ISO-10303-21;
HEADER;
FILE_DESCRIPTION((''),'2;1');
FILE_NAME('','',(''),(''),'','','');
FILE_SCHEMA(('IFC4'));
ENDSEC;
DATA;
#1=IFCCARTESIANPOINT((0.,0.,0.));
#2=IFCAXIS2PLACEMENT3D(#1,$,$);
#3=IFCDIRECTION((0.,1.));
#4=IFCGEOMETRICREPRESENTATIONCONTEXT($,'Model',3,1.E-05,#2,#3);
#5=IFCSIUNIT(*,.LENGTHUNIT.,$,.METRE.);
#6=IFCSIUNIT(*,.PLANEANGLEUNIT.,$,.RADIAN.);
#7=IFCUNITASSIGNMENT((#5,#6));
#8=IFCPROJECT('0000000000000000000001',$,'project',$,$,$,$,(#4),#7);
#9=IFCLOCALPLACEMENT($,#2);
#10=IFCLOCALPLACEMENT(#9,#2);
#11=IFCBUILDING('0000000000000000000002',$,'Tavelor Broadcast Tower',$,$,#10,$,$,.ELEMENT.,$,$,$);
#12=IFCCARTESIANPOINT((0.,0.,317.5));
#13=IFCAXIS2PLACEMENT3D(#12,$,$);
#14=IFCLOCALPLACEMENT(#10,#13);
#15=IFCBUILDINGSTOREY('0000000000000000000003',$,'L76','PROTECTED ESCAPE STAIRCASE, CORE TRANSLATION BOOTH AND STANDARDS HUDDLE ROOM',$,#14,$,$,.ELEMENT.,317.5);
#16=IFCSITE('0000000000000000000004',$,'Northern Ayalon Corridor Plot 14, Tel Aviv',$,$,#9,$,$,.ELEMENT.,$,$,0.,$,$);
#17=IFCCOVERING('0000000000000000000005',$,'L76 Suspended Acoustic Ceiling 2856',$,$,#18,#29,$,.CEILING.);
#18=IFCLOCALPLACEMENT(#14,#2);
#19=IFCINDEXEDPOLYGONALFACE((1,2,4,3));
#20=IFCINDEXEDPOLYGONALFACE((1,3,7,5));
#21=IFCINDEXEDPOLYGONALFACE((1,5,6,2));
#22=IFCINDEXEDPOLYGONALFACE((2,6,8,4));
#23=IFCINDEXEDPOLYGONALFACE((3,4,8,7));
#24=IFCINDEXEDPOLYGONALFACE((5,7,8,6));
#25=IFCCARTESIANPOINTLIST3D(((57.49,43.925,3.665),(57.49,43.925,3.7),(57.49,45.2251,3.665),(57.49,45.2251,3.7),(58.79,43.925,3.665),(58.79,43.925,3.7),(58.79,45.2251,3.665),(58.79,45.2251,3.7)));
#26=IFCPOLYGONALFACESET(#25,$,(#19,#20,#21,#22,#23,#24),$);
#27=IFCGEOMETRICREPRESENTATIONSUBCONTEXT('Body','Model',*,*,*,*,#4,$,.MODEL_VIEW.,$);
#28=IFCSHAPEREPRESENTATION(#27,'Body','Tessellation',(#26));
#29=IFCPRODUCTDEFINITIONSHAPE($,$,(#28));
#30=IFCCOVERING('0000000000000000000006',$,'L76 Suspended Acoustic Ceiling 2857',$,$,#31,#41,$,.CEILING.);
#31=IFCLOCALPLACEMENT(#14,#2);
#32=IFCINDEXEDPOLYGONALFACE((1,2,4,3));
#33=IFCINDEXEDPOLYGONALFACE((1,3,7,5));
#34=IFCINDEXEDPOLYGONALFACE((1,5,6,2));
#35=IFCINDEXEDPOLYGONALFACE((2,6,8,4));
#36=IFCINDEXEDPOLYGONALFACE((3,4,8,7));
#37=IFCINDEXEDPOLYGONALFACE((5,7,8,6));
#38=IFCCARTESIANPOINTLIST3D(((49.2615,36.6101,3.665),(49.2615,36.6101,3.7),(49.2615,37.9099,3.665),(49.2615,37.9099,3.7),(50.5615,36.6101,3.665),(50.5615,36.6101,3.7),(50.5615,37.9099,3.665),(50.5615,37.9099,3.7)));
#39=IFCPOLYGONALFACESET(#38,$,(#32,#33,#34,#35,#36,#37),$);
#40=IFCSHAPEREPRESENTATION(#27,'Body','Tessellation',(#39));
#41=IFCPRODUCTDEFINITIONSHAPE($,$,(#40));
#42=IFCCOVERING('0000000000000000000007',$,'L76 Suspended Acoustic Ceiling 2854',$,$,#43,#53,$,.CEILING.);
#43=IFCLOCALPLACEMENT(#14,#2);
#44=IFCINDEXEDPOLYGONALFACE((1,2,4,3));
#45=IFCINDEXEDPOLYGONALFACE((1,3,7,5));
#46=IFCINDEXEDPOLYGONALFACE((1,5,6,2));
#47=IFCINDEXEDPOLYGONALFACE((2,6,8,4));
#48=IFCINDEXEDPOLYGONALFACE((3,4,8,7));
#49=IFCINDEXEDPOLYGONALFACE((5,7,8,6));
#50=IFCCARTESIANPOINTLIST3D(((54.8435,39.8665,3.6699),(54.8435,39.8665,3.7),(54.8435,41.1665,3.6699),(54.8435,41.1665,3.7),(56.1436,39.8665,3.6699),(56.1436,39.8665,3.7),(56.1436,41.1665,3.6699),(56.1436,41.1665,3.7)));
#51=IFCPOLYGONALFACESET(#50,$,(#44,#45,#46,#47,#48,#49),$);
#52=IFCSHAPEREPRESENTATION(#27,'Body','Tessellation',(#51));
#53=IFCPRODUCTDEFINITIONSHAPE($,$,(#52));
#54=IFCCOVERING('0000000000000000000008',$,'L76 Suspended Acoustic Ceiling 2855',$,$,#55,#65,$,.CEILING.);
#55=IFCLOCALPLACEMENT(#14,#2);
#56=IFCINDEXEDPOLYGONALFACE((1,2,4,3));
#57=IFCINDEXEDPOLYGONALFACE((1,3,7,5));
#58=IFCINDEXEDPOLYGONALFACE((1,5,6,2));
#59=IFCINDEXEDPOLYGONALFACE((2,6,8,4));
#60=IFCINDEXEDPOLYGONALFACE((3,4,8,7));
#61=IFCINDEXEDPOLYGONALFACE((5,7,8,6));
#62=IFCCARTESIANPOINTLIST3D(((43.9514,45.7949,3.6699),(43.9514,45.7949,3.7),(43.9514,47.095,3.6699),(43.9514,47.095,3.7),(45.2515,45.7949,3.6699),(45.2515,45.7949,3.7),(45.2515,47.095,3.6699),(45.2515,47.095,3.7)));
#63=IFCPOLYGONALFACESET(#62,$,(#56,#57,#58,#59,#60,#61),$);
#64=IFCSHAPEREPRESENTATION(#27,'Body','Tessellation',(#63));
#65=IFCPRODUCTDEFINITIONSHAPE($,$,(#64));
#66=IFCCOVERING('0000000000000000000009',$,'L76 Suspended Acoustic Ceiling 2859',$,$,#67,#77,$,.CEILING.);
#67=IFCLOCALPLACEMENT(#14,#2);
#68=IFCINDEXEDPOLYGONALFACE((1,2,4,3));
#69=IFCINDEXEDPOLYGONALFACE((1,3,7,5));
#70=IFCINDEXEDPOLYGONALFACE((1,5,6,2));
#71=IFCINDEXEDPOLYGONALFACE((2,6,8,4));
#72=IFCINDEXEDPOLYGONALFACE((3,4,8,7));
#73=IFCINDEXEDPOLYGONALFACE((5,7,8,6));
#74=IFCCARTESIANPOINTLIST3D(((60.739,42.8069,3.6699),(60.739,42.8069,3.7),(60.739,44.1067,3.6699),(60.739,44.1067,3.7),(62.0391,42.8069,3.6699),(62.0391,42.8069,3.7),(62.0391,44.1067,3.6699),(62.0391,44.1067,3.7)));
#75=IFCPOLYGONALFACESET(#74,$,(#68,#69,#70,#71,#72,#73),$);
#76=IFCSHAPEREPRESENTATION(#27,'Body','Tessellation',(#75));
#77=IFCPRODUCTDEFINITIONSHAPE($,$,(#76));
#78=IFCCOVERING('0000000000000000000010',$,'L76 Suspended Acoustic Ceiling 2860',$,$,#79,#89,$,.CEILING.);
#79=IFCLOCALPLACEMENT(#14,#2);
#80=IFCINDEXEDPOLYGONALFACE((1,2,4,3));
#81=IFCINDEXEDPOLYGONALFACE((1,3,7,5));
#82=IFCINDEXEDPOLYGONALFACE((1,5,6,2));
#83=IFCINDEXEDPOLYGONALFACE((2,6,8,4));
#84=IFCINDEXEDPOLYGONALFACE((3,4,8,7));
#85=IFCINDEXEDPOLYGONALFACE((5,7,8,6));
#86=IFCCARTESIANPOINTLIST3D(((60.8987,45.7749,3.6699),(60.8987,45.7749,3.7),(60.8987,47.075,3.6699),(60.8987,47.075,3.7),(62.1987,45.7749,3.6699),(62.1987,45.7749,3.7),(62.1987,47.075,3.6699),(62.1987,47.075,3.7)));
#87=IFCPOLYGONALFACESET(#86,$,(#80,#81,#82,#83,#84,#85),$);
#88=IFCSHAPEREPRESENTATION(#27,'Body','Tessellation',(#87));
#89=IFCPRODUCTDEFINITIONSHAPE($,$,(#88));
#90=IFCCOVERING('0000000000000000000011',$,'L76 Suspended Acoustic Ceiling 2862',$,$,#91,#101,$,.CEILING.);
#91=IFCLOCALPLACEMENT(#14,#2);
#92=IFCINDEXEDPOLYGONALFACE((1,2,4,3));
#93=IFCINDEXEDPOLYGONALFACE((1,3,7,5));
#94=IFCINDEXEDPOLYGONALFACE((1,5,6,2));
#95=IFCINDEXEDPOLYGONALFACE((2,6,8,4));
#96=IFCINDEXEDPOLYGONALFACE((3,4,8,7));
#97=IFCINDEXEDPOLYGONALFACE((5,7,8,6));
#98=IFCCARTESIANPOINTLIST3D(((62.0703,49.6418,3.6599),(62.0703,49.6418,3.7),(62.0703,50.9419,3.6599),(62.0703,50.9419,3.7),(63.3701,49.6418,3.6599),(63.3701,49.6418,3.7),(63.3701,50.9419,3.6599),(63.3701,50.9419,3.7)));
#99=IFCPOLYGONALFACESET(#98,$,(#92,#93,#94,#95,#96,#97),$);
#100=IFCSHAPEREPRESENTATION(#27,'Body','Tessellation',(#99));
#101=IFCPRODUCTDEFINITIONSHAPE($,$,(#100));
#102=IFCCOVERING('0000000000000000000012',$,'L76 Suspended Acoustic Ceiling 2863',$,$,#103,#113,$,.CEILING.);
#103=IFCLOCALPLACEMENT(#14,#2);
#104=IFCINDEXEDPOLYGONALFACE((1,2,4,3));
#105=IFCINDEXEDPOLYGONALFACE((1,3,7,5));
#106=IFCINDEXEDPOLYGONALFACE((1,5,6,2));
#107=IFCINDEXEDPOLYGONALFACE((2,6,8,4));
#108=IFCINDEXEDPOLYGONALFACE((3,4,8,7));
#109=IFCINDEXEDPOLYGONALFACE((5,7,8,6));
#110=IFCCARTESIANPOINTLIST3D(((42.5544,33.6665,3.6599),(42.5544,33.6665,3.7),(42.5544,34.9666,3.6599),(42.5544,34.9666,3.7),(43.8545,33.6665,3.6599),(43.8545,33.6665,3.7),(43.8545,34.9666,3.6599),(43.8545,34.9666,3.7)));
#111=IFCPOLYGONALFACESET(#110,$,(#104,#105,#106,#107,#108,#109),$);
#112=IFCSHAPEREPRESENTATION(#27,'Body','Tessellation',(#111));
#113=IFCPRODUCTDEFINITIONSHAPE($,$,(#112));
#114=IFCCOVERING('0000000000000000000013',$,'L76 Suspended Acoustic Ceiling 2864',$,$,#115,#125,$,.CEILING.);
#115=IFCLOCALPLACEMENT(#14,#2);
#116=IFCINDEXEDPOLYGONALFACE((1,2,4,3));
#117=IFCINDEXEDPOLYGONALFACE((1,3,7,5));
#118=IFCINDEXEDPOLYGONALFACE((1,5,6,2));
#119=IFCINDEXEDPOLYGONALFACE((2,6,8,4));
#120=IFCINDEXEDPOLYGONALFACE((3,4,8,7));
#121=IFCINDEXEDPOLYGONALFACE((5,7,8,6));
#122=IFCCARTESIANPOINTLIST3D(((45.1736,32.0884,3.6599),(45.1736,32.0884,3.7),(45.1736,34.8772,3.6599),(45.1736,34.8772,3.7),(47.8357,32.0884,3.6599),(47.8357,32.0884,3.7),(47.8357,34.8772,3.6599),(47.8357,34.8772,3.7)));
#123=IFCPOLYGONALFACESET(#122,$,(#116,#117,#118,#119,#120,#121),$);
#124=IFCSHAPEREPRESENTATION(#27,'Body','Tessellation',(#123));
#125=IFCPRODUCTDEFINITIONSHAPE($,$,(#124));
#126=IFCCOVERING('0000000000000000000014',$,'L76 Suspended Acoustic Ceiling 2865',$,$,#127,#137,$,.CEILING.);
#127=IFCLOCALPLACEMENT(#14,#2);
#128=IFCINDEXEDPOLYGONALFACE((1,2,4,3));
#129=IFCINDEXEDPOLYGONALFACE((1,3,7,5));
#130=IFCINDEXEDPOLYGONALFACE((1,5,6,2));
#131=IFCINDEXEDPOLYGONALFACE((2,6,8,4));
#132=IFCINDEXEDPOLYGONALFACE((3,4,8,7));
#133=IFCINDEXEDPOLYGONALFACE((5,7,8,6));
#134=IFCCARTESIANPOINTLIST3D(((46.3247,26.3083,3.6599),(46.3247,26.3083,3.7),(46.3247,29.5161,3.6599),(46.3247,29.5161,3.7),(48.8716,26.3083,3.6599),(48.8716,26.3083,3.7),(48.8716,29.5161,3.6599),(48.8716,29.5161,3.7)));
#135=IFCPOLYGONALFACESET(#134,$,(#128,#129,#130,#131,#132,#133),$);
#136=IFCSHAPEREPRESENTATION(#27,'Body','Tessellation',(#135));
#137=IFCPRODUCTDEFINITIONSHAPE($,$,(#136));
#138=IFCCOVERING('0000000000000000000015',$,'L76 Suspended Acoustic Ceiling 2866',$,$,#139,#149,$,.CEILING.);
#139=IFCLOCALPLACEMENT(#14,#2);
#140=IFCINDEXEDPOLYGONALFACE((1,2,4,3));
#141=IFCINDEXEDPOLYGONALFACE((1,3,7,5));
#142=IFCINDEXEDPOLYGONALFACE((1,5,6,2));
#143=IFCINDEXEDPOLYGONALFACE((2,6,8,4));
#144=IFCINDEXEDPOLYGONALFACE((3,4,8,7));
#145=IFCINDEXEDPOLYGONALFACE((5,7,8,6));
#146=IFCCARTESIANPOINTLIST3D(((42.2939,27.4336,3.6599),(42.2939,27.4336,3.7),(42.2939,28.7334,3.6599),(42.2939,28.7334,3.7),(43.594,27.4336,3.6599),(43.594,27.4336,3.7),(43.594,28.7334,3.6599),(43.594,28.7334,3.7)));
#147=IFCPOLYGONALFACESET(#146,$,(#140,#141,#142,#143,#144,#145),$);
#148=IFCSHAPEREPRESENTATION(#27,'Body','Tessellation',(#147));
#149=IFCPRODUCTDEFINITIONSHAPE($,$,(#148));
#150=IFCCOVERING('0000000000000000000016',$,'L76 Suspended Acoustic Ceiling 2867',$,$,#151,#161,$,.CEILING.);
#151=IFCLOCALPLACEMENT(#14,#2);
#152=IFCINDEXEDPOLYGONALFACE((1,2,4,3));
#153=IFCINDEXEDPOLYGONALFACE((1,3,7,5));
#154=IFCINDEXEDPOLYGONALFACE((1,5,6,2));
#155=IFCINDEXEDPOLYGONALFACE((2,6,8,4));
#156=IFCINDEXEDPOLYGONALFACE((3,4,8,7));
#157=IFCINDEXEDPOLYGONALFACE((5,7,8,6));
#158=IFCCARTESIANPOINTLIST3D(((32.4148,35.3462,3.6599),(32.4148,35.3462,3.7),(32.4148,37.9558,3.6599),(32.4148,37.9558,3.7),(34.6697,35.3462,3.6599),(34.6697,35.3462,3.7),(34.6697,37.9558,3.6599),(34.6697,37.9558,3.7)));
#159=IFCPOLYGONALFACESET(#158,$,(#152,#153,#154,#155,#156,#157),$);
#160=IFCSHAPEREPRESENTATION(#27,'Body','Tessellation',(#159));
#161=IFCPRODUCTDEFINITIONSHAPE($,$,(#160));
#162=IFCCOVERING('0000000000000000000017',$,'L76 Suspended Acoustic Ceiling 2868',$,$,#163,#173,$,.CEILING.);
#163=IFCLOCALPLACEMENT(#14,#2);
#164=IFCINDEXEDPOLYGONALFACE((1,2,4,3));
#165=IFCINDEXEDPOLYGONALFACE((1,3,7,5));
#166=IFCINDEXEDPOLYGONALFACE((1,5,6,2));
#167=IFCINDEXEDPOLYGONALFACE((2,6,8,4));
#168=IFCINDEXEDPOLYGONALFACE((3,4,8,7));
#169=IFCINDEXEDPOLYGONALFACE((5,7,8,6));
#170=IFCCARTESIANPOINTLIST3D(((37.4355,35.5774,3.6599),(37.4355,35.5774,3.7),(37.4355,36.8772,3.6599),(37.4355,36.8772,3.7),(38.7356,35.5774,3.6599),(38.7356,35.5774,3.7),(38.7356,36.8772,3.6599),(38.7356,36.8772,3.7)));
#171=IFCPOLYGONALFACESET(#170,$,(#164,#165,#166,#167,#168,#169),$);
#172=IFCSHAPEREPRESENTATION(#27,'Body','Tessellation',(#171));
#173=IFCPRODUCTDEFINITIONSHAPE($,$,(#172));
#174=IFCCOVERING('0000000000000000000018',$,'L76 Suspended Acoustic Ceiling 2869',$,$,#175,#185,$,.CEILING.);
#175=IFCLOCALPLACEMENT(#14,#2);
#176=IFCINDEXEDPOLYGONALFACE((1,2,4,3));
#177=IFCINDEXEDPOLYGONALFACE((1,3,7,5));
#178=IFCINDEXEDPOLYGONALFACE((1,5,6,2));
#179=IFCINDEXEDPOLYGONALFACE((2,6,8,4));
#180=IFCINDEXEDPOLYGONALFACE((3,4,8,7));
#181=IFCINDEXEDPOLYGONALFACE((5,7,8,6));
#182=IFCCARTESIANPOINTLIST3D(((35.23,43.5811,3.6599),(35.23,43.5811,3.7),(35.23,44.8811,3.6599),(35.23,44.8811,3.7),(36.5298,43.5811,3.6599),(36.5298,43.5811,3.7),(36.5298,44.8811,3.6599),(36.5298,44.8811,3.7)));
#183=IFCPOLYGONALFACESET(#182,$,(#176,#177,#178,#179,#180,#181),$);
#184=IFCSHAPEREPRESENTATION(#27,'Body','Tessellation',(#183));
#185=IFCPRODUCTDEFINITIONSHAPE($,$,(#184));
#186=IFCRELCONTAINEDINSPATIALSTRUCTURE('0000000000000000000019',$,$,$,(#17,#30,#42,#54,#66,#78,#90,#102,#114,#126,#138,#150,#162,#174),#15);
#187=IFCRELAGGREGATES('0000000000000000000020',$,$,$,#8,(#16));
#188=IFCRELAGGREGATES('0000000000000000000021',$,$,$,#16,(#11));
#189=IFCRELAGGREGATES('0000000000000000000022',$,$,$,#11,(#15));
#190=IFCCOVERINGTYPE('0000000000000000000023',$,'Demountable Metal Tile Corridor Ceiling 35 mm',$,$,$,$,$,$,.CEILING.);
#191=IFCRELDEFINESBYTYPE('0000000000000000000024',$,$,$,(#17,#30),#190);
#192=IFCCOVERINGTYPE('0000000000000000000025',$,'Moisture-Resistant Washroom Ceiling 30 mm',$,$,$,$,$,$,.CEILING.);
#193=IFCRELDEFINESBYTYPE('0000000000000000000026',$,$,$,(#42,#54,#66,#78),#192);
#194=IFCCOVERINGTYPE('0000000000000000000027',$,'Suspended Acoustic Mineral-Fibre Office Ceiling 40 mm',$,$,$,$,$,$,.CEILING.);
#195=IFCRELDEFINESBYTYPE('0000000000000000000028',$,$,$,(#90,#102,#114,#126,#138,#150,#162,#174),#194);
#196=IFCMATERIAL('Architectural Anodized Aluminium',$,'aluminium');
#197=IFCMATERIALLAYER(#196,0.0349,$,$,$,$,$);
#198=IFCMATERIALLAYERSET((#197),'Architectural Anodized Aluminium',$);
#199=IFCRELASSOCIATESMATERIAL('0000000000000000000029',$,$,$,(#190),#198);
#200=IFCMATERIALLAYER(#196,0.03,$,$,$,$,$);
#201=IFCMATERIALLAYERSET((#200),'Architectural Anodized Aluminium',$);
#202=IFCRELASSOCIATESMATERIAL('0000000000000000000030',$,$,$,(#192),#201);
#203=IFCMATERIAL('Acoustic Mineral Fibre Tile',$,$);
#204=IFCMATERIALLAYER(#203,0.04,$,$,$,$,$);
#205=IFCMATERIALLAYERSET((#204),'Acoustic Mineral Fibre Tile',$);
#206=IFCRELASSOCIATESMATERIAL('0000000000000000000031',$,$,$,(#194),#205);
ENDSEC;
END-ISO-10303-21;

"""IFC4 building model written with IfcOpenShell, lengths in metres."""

from ifc_helpers import new_model, si_unit, direction, frame, origin, place, context, subcontext, project, spatial, polyline, outline, extrude, material, layer, layer_set, type_object, element, save


model = new_model("IFC4")

# Units and contexts
model_context = context("Model", 3, precision=1e-05, world=origin(), true_north=direction((0.0, 1.0)))
body_context = subcontext(model_context, "Body", "Model", "MODEL_VIEW")
ifc_project = project(units=[si_unit("LENGTHUNIT", "METRE"), si_unit("PLANEANGLEUNIT", "RADIAN")], contexts=[model_context])

# Site, building, storey
site_placement = place(None, origin())
site = spatial("IfcSite", under=ifc_project, at=site_placement, Name="Northern Ayalon Corridor Plot 14, Tel Aviv", CompositionType="ELEMENT", RefElevation=0.0)
building_placement = place(site_placement, origin())
building = spatial("IfcBuilding", under=site, at=building_placement, Name="Tavelor Broadcast Tower", CompositionType="ELEMENT")
storey_placement = place(building_placement, frame((0.0, 0.0, 317.5)))
storey = spatial("IfcBuildingStorey", under=building, at=storey_placement, Name="L76", Description="PROTECTED ESCAPE STAIRCASE, CORE TRANSLATION BOOTH AND STANDARDS HUDDLE ROOM", CompositionType="ELEMENT", Elevation=317.5)

# Coverings
ifc_material_1 = material(Name="Architectural Anodized Aluminium", Category="aluminium")
ifc_layer_1 = layer(ifc_material_1, 0.0349)
ifc_layer_set_1 = layer_set([ifc_layer_1], Name="Architectural Anodized Aluminium")
covering_type_1 = type_object("IfcCoveringType", Name="Demountable Metal Tile Corridor Ceiling 35 mm", PredefinedType="CEILING", material=ifc_layer_set_1)
covering_1_placement = place(storey_placement, frame((0.0, 0.0, 3.665)))
element("IfcCovering", 1, at=covering_1_placement, inside=storey, type_object=covering_type_1, Name="L76 Suspended Acoustic Ceiling 2856", PredefinedType="CEILING", context=body_context, shape_type="SweptSolid", body=[
    extrude(outline(polyline([(57.49, 43.925), (58.79, 43.925), (58.79, 45.2251), (57.49, 45.2251), (57.49, 43.925)])), origin(), (0.0, 0.0, 1.0), 0.0349),
])
covering_2_placement = place(storey_placement, frame((0.0, 0.0, 3.665)))
element("IfcCovering", 2, at=covering_2_placement, inside=storey, type_object=covering_type_1, Name="L76 Suspended Acoustic Ceiling 2857", PredefinedType="CEILING", context=body_context, shape_type="SweptSolid", body=[
    extrude(outline(polyline([(49.2615, 36.6101), (50.5615, 36.6101), (50.5615, 37.9099), (49.2615, 37.9099), (49.2615, 36.6101)])), origin(), (0.0, 0.0, 1.0), 0.0349),
])
ifc_layer_2 = layer(ifc_material_1, 0.03)
ifc_layer_set_2 = layer_set([ifc_layer_2], Name="Architectural Anodized Aluminium")
covering_type_2 = type_object("IfcCoveringType", Name="Moisture-Resistant Washroom Ceiling 30 mm", PredefinedType="CEILING", material=ifc_layer_set_2)
covering_3_placement = place(storey_placement, frame((0.0, 0.0, 3.6699)))
element("IfcCovering", 3, at=covering_3_placement, inside=storey, type_object=covering_type_2, Name="L76 Suspended Acoustic Ceiling 2854", PredefinedType="CEILING", context=body_context, shape_type="SweptSolid", body=[
    extrude(outline(polyline([(54.8435, 39.8665), (56.1436, 39.8665), (56.1436, 41.1665), (54.8435, 41.1665), (54.8435, 39.8665)])), origin(), (0.0, 0.0, 1.0), 0.03),
])
covering_4_placement = place(storey_placement, frame((0.0, 0.0, 3.6699)))
element("IfcCovering", 4, at=covering_4_placement, inside=storey, type_object=covering_type_2, Name="L76 Suspended Acoustic Ceiling 2855", PredefinedType="CEILING", context=body_context, shape_type="SweptSolid", body=[
    extrude(outline(polyline([(43.9514, 45.7949), (45.2515, 45.7949), (45.2515, 47.095), (43.9514, 47.095), (43.9514, 45.7949)])), origin(), (0.0, 0.0, 1.0), 0.03),
])
covering_5_placement = place(storey_placement, frame((0.0, 0.0, 3.6699)))
element("IfcCovering", 5, at=covering_5_placement, inside=storey, type_object=covering_type_2, Name="L76 Suspended Acoustic Ceiling 2859", PredefinedType="CEILING", context=body_context, shape_type="SweptSolid", body=[
    extrude(outline(polyline([(60.739, 42.8069), (62.0391, 42.8069), (62.0391, 44.1067), (60.739, 44.1067), (60.739, 42.8069)])), origin(), (0.0, 0.0, 1.0), 0.03),
])
covering_6_placement = place(storey_placement, frame((0.0, 0.0, 3.6699)))
element("IfcCovering", 6, at=covering_6_placement, inside=storey, type_object=covering_type_2, Name="L76 Suspended Acoustic Ceiling 2860", PredefinedType="CEILING", context=body_context, shape_type="SweptSolid", body=[
    extrude(outline(polyline([(60.8987, 45.7749), (62.1987, 45.7749), (62.1987, 47.075), (60.8987, 47.075), (60.8987, 45.7749)])), origin(), (0.0, 0.0, 1.0), 0.03),
])
ifc_material_2 = material(Name="Acoustic Mineral Fibre Tile")
ifc_layer_3 = layer(ifc_material_2, 0.04)
ifc_layer_set_3 = layer_set([ifc_layer_3], Name="Acoustic Mineral Fibre Tile")
covering_type_3 = type_object("IfcCoveringType", Name="Suspended Acoustic Mineral-Fibre Office Ceiling 40 mm", PredefinedType="CEILING", material=ifc_layer_set_3)
covering_7_placement = place(storey_placement, frame((0.0, 0.0, 3.6599)))
element("IfcCovering", 7, at=covering_7_placement, inside=storey, type_object=covering_type_3, Name="L76 Suspended Acoustic Ceiling 2862", PredefinedType="CEILING", context=body_context, shape_type="SweptSolid", body=[
    extrude(outline(polyline([(62.0703, 49.6418), (63.3701, 49.6418), (63.3701, 50.9419), (62.0703, 50.9419), (62.0703, 49.6418)])), origin(), (0.0, 0.0, 1.0), 0.04),
])
covering_8_placement = place(storey_placement, frame((0.0, 0.0, 3.6599)))
element("IfcCovering", 8, at=covering_8_placement, inside=storey, type_object=covering_type_3, Name="L76 Suspended Acoustic Ceiling 2863", PredefinedType="CEILING", context=body_context, shape_type="SweptSolid", body=[
    extrude(outline(polyline([(42.5544, 33.6665), (43.8545, 33.6665), (43.8545, 34.9666), (42.5544, 34.9666), (42.5544, 33.6665)])), origin(), (0.0, 0.0, 1.0), 0.04),
])
covering_9_placement = place(storey_placement, frame((0.0, 0.0, 3.6599)))
element("IfcCovering", 9, at=covering_9_placement, inside=storey, type_object=covering_type_3, Name="L76 Suspended Acoustic Ceiling 2864", PredefinedType="CEILING", context=body_context, shape_type="SweptSolid", body=[
    extrude(outline(polyline([(45.1736, 32.0884), (47.8357, 32.0884), (47.8357, 34.8772), (45.1736, 34.8772), (45.1736, 32.0884)])), origin(), (0.0, 0.0, 1.0), 0.04),
])
covering_10_placement = place(storey_placement, frame((0.0, 0.0, 3.6599)))
element("IfcCovering", 10, at=covering_10_placement, inside=storey, type_object=covering_type_3, Name="L76 Suspended Acoustic Ceiling 2865", PredefinedType="CEILING", context=body_context, shape_type="SweptSolid", body=[
    extrude(outline(polyline([(46.3247, 26.3083), (48.8716, 26.3083), (48.8716, 29.5161), (46.3247, 29.5161), (46.3247, 26.3083)])), origin(), (0.0, 0.0, 1.0), 0.04),
])
covering_11_placement = place(storey_placement, frame((0.0, 0.0, 3.6599)))
element("IfcCovering", 11, at=covering_11_placement, inside=storey, type_object=covering_type_3, Name="L76 Suspended Acoustic Ceiling 2866", PredefinedType="CEILING", context=body_context, shape_type="SweptSolid", body=[
    extrude(outline(polyline([(42.2939, 27.4336), (43.594, 27.4336), (43.594, 28.7334), (42.2939, 28.7334), (42.2939, 27.4336)])), origin(), (0.0, 0.0, 1.0), 0.04),
])
covering_12_placement = place(storey_placement, frame((0.0, 0.0, 3.6599)))
element("IfcCovering", 12, at=covering_12_placement, inside=storey, type_object=covering_type_3, Name="L76 Suspended Acoustic Ceiling 2867", PredefinedType="CEILING", context=body_context, shape_type="SweptSolid", body=[
    extrude(outline(polyline([(32.4148, 35.3462), (34.6697, 35.3462), (34.6697, 37.9558), (32.4148, 37.9558), (32.4148, 35.3462)])), origin(), (0.0, 0.0, 1.0), 0.04),
])
covering_13_placement = place(storey_placement, frame((0.0, 0.0, 3.6599)))
element("IfcCovering", 13, at=covering_13_placement, inside=storey, type_object=covering_type_3, Name="L76 Suspended Acoustic Ceiling 2868", PredefinedType="CEILING", context=body_context, shape_type="SweptSolid", body=[
    extrude(outline(polyline([(37.4355, 35.5774), (38.7356, 35.5774), (38.7356, 36.8772), (37.4355, 36.8772), (37.4355, 35.5774)])), origin(), (0.0, 0.0, 1.0), 0.04),
])
covering_14_placement = place(storey_placement, frame((0.0, 0.0, 3.6599)))
element("IfcCovering", 14, at=covering_14_placement, inside=storey, type_object=covering_type_3, Name="L76 Suspended Acoustic Ceiling 2869", PredefinedType="CEILING", context=body_context, shape_type="SweptSolid", body=[
    extrude(outline(polyline([(35.23, 43.5811), (36.5298, 43.5811), (36.5298, 44.8811), (35.23, 44.8811), (35.23, 43.5811)])), origin(), (0.0, 0.0, 1.0), 0.04),
])

save(model, "model.ifc")
